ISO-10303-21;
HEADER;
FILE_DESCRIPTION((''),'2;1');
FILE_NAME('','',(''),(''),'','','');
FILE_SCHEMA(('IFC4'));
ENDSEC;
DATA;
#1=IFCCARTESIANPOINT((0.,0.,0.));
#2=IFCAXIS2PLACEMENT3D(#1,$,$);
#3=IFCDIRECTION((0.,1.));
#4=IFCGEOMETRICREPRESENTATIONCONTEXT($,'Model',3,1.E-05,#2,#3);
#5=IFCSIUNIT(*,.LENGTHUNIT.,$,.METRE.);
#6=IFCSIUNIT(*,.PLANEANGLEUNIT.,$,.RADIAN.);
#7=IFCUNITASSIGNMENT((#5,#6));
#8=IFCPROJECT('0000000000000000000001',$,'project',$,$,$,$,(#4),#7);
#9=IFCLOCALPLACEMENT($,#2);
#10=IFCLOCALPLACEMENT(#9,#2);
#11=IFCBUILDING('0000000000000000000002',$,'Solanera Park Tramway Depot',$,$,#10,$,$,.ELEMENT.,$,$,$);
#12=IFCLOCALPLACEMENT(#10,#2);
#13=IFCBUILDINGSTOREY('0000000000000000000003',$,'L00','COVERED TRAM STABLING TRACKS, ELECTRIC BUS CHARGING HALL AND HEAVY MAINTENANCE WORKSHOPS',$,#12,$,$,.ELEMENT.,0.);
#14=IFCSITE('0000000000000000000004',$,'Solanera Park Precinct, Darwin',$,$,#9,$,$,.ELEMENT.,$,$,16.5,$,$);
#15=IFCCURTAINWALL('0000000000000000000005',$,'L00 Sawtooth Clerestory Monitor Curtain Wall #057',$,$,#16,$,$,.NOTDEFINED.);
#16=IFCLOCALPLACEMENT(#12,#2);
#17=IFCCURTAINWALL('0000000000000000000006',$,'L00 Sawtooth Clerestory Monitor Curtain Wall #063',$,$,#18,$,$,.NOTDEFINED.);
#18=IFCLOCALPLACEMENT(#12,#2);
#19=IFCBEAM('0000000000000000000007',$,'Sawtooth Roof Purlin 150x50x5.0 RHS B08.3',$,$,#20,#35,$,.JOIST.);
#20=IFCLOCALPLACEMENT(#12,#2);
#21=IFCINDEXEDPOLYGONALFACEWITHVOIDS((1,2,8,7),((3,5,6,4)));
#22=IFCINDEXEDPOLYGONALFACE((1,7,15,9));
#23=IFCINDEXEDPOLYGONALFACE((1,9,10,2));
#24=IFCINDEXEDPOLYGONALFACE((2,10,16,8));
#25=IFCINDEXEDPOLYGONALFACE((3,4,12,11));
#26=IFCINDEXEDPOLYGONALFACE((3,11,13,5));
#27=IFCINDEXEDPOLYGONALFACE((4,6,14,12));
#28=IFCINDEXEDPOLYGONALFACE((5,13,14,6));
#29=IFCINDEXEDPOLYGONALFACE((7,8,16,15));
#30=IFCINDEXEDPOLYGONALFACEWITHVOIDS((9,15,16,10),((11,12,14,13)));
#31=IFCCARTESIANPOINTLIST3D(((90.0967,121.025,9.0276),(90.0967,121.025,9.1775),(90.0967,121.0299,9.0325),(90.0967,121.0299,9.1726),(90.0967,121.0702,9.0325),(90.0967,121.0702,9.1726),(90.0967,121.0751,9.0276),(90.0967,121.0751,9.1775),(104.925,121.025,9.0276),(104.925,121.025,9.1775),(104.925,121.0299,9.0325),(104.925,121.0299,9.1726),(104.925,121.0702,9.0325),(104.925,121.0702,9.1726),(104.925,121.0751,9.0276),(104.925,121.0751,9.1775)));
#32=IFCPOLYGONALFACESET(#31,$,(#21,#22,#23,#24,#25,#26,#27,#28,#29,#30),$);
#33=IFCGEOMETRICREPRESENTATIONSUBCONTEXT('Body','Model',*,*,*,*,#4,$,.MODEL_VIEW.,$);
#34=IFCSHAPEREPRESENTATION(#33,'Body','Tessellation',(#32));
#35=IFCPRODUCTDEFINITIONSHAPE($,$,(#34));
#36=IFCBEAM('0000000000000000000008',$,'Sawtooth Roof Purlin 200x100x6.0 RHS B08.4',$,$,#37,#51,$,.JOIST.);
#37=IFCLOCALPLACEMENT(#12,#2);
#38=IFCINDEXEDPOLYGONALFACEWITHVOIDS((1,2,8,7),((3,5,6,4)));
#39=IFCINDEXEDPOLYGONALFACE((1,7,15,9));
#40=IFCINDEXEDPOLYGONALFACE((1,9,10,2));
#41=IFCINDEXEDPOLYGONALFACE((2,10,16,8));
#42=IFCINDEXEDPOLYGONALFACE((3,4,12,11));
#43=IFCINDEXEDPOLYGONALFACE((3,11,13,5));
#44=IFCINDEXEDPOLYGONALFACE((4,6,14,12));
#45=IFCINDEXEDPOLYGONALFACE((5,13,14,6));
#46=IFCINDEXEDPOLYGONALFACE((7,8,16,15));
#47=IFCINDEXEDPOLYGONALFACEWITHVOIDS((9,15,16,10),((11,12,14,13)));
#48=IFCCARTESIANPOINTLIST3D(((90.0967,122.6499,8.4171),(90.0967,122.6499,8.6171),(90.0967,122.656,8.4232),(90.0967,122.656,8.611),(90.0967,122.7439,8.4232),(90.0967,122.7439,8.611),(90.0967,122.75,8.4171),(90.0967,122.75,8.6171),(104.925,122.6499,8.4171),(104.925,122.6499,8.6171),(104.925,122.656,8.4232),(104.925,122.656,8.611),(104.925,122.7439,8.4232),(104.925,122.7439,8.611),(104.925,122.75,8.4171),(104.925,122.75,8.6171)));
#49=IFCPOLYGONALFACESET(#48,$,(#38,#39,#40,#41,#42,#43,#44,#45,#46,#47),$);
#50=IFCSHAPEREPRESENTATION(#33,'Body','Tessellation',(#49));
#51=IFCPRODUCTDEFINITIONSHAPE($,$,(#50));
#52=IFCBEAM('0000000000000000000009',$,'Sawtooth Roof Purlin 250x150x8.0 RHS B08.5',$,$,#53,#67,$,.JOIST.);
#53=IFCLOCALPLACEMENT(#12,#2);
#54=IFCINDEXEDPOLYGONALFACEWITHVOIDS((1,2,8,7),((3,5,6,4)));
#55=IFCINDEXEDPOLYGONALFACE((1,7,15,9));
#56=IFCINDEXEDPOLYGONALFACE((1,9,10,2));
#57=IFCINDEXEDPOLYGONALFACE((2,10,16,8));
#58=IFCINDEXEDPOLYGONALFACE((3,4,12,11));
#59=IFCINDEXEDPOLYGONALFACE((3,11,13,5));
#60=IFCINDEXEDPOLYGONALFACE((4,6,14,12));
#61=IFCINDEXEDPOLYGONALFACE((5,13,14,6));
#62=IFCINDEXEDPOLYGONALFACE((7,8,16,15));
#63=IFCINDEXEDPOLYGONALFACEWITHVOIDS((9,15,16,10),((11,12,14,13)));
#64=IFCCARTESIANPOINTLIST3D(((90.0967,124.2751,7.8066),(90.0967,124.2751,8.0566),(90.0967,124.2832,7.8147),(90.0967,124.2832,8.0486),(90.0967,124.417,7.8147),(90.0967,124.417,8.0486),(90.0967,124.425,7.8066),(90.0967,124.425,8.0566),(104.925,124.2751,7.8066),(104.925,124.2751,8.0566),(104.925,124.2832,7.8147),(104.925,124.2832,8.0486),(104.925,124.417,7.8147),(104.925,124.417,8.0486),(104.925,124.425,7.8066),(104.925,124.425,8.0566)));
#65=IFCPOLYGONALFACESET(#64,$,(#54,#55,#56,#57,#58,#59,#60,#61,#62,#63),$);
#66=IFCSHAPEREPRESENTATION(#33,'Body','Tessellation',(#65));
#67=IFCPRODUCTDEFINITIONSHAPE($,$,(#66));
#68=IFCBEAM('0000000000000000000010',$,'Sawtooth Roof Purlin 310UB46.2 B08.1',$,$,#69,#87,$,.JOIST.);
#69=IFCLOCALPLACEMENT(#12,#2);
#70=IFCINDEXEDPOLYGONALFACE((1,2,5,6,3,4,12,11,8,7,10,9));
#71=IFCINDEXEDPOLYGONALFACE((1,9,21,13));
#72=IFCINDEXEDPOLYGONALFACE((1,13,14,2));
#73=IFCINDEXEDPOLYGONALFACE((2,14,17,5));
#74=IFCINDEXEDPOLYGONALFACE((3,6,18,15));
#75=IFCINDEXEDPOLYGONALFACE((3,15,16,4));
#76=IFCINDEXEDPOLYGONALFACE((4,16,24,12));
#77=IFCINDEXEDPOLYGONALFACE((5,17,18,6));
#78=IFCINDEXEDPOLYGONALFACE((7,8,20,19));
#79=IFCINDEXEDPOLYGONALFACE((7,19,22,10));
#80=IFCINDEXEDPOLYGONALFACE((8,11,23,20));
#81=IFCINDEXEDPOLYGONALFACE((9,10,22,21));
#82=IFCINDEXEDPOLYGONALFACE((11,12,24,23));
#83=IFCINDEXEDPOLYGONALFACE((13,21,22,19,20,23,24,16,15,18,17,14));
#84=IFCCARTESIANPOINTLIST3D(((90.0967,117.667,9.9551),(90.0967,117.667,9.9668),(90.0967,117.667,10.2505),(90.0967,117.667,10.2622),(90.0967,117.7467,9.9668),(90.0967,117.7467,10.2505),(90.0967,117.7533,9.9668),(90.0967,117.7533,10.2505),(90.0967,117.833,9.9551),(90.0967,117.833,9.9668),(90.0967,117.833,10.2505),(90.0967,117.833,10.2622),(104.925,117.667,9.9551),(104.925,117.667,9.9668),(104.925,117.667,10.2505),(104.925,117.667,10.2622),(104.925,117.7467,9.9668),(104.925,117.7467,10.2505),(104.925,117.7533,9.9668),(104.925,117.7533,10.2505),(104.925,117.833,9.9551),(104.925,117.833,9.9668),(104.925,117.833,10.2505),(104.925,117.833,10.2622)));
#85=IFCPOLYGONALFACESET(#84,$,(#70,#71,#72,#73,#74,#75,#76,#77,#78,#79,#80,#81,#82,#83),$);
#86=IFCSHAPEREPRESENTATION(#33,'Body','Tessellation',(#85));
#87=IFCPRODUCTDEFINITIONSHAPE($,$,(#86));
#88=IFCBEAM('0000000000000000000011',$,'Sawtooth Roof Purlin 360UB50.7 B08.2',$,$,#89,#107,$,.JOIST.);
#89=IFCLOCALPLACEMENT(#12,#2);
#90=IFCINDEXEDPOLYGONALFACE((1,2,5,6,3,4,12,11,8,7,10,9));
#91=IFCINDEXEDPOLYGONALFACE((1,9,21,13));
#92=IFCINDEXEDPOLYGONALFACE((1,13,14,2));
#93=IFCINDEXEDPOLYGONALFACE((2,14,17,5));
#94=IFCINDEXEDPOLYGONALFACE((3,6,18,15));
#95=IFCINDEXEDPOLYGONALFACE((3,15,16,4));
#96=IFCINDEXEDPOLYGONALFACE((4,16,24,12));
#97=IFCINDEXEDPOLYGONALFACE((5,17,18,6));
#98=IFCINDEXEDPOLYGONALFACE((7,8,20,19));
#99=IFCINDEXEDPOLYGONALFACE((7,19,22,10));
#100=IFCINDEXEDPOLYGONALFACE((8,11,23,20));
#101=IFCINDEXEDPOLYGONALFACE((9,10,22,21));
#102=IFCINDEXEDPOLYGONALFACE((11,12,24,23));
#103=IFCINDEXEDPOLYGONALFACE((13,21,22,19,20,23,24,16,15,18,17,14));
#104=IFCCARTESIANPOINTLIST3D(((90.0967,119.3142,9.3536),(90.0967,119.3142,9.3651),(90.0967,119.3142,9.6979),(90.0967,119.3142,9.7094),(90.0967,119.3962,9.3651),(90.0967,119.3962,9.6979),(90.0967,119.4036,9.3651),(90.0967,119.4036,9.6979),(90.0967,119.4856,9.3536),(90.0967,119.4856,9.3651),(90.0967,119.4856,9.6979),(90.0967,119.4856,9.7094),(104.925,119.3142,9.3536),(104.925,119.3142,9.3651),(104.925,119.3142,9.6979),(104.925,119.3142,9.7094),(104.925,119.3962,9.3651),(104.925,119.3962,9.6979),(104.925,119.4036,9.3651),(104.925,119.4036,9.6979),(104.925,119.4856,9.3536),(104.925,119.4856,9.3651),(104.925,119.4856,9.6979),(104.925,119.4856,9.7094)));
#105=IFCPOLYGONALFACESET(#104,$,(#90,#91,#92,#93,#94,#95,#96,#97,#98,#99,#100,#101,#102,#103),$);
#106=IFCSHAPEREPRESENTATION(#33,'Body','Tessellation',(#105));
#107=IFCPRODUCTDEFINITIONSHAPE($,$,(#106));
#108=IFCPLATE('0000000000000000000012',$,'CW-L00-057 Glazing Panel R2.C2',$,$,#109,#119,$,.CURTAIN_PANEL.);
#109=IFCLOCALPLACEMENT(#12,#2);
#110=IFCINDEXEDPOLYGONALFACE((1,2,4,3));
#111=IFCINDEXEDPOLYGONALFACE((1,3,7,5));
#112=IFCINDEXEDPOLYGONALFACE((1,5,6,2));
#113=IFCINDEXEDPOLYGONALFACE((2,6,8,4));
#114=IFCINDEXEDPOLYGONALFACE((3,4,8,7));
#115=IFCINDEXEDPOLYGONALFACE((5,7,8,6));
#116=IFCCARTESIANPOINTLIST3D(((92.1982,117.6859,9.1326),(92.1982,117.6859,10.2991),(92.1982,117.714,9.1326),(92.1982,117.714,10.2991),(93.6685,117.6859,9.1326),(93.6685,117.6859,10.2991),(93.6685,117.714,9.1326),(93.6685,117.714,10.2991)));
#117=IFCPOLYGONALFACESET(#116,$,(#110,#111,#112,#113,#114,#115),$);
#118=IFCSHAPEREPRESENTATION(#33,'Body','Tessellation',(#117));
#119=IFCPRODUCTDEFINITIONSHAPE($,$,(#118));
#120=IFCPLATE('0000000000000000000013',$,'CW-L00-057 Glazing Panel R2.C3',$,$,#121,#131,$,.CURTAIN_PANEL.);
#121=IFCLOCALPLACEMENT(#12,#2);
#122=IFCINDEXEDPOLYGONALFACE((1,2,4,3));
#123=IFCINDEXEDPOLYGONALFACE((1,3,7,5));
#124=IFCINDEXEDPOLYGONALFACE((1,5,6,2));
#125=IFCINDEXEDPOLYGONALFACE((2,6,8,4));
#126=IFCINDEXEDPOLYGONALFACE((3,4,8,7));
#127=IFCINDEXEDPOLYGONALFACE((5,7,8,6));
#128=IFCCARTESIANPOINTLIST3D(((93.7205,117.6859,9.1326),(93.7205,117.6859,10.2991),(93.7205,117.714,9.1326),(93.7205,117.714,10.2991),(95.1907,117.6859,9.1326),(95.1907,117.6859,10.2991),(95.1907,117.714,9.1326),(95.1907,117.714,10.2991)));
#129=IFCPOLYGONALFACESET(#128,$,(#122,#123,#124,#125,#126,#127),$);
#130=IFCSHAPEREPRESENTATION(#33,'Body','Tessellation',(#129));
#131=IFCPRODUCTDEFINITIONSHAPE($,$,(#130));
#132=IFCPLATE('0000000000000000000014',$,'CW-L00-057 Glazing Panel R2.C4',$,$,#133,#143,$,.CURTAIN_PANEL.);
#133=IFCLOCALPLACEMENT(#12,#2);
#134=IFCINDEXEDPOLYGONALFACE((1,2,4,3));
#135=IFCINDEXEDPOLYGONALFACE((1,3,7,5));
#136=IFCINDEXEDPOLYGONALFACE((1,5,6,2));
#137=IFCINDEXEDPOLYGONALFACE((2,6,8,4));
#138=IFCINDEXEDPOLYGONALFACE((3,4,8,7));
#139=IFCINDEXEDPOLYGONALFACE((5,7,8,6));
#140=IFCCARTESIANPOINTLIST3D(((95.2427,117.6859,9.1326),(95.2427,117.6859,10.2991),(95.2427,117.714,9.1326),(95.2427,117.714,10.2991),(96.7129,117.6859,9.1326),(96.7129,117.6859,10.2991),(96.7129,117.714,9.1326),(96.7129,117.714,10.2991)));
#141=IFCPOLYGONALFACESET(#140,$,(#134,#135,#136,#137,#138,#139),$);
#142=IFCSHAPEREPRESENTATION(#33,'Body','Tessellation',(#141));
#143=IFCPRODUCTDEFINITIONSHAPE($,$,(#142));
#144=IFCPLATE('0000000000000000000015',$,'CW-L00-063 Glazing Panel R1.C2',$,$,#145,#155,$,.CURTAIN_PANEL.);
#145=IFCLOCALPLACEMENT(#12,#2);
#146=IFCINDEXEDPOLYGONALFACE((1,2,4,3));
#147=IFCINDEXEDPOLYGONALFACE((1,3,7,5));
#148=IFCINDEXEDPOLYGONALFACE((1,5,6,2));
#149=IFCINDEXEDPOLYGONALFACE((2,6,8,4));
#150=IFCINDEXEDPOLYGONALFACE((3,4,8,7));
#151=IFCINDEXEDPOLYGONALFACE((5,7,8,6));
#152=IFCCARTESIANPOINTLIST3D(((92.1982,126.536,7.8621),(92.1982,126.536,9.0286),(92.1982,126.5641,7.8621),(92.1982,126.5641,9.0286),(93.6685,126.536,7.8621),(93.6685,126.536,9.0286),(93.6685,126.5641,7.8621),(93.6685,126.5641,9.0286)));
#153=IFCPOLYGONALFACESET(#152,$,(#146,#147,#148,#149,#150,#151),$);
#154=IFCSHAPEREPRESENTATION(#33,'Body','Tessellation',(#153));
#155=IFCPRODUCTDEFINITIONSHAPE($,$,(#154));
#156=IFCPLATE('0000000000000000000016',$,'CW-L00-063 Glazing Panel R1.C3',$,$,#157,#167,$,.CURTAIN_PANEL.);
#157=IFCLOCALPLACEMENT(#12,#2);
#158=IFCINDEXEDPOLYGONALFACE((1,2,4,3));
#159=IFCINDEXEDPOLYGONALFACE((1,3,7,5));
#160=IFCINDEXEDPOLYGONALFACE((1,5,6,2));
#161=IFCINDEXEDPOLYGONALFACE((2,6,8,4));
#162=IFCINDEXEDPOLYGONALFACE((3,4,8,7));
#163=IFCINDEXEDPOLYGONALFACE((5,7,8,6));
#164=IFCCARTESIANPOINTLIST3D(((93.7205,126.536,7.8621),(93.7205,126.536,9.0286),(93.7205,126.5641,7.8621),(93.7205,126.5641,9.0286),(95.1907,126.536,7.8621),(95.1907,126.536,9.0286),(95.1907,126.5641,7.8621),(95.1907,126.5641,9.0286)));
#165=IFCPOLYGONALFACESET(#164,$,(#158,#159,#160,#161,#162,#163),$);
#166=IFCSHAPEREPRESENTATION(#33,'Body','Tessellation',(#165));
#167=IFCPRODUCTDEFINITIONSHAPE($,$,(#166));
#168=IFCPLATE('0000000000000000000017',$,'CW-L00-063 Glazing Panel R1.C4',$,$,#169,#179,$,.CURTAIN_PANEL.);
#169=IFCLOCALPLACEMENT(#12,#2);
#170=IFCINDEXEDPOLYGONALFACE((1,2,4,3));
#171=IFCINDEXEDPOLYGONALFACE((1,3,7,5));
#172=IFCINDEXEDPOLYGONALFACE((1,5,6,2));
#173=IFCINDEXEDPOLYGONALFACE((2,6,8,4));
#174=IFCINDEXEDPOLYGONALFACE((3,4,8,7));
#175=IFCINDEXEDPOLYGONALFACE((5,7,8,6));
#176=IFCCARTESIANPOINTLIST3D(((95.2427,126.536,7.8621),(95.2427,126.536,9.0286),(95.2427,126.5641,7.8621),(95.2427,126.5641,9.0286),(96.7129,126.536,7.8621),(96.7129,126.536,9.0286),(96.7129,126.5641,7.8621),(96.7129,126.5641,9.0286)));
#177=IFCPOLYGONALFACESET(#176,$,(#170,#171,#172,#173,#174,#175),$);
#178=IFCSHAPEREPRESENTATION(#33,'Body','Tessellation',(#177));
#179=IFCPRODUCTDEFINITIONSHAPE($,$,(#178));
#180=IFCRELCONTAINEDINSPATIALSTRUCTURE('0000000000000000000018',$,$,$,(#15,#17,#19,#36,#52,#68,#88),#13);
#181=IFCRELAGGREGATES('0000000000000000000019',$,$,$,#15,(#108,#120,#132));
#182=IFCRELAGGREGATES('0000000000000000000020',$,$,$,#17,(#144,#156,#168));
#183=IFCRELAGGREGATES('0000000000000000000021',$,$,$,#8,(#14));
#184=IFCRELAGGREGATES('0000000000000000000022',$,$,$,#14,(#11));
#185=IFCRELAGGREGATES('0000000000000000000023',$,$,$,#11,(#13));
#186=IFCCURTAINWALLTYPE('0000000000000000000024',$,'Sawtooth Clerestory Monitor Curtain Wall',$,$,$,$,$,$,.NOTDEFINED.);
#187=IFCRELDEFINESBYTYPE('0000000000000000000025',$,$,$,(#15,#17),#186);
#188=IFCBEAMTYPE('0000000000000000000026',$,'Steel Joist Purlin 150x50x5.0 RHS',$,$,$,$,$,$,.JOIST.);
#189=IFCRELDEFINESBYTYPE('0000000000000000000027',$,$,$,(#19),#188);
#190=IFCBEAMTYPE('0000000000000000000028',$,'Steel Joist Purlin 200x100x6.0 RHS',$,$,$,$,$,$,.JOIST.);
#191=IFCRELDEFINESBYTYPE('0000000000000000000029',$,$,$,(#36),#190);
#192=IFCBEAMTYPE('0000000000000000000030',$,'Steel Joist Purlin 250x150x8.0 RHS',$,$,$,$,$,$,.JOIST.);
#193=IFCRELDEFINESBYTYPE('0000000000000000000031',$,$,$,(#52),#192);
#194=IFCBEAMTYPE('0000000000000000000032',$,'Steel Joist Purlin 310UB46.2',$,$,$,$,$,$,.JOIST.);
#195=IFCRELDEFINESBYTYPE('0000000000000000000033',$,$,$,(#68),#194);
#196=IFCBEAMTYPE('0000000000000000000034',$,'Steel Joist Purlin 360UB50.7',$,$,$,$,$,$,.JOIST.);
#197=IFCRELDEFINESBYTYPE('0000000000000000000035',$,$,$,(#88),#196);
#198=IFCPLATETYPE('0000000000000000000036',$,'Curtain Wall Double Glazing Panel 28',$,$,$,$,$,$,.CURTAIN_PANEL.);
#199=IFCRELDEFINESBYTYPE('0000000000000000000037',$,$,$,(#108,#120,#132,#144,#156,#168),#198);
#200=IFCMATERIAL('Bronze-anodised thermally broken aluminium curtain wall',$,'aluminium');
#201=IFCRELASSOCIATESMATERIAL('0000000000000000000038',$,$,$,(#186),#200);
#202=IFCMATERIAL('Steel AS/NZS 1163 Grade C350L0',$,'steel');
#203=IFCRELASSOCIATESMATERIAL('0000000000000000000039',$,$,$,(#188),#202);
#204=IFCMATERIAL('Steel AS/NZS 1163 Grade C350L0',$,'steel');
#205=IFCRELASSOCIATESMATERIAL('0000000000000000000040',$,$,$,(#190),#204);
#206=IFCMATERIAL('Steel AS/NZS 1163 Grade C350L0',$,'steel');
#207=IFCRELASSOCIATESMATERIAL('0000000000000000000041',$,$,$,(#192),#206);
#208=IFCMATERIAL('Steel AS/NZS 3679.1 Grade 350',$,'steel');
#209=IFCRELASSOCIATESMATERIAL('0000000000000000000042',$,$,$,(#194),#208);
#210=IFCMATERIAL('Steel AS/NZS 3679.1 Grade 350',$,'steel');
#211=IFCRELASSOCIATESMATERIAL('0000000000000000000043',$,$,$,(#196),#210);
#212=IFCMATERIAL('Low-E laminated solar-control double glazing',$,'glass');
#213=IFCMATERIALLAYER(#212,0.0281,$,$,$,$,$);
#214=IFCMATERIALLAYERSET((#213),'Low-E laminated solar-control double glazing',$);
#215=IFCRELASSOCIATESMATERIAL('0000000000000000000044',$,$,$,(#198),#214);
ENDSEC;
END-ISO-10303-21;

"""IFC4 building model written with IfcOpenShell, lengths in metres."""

from ifc_helpers import new_model, si_unit, direction, frame, origin, origin_2d, place, context, subcontext, project, spatial, rectangle, hollow_rectangle, i_section, extrude, material, layer, layer_set, material_profile, profile_set, type_object, element, aggregate, save


model = new_model("IFC4")

# Units and contexts
model_context = context("Model", 3, precision=1e-05, world=origin(), true_north=direction((0.0, 1.0)))
body_context = subcontext(model_context, "Body", "Model", "MODEL_VIEW")
ifc_project = project(units=[si_unit("LENGTHUNIT", "METRE"), si_unit("PLANEANGLEUNIT", "RADIAN")], contexts=[model_context])

# Site, building, storey
site_placement = place(None, origin())
site = spatial("IfcSite", under=ifc_project, at=site_placement, Name="Solanera Park Precinct, Darwin", CompositionType="ELEMENT", RefElevation=16.5)
building_placement = place(site_placement, origin())
building = spatial("IfcBuilding", under=site, at=building_placement, Name="Solanera Park Tramway Depot", CompositionType="ELEMENT")
storey_placement = place(building_placement, origin())
storey = spatial("IfcBuildingStorey", under=building, at=storey_placement, Name="L00", Description="COVERED TRAM STABLING TRACKS, ELECTRIC BUS CHARGING HALL AND HEAVY MAINTENANCE WORKSHOPS", CompositionType="ELEMENT", Elevation=0.0)

# Curtain walls
ifc_material_1 = material(Name="Bronze-anodised thermally broken aluminium curtain wall", Category="aluminium")
curtain_wall_type = type_object("IfcCurtainWallType", Name="Sawtooth Clerestory Monitor Curtain Wall", PredefinedType="NOTDEFINED", material=ifc_material_1)
curtain_wall_1_placement = place(storey_placement, origin())
curtain_wall_1 = element("IfcCurtainWall", 1, at=curtain_wall_1_placement, inside=storey, type_object=curtain_wall_type, Name="L00 Sawtooth Clerestory Monitor Curtain Wall #057", PredefinedType="NOTDEFINED")
curtain_wall_2_placement = place(storey_placement, origin())
curtain_wall_2 = element("IfcCurtainWall", 2, at=curtain_wall_2_placement, inside=storey, type_object=curtain_wall_type, Name="L00 Sawtooth Clerestory Monitor Curtain Wall #063", PredefinedType="NOTDEFINED")

# Beams
ifc_material_2 = material(Name="Steel AS/NZS 1163 Grade C350L0", Category="steel")
ifc_material_profile_1 = material_profile(ifc_material_2, hollow_rectangle(XDim=0.05, YDim=0.1499, WallThickness=0.0049, at=origin_2d()), Name="150x50x5.0 RHS")
ifc_profile_set_1 = profile_set([ifc_material_profile_1], Name="Steel AS/NZS 1163 Grade C350L0")
beam_type_1 = type_object("IfcBeamType", Name="Steel Joist Purlin 150x50x5.0 RHS", PredefinedType="JOIST", material=ifc_profile_set_1)
beam_1_placement = place(storey_placement, frame((90.0967, 121.05, 9.1025), z_axis=(1.0, 0.0, 0.0), x_axis=(0.0, 1.0, 0.0)))
element("IfcBeam", 3, at=beam_1_placement, inside=storey, type_object=beam_type_1, Name="Sawtooth Roof Purlin 150x50x5.0 RHS B08.3", PredefinedType="JOIST", context=body_context, shape_type="SweptSolid", body=[
    extrude(hollow_rectangle(XDim=0.05, YDim=0.1499, WallThickness=0.0049, at=origin_2d()), origin(), (0.0, 0.0, 1.0), 14.8284),
])
ifc_material_3 = material(Name="Steel AS/NZS 1163 Grade C350L0", Category="steel")
ifc_material_profile_2 = material_profile(ifc_material_3, hollow_rectangle(XDim=0.1001, YDim=0.2, WallThickness=0.0061, at=origin_2d()), Name="200x100x6.0 RHS")
ifc_profile_set_2 = profile_set([ifc_material_profile_2], Name="Steel AS/NZS 1163 Grade C350L0")
beam_type_2 = type_object("IfcBeamType", Name="Steel Joist Purlin 200x100x6.0 RHS", PredefinedType="JOIST", material=ifc_profile_set_2)
beam_2_placement = place(storey_placement, frame((90.0967, 122.7, 8.5171), z_axis=(1.0, 0.0, 0.0), x_axis=(0.0, 1.0, 0.0)))
element("IfcBeam", 4, at=beam_2_placement, inside=storey, type_object=beam_type_2, Name="Sawtooth Roof Purlin 200x100x6.0 RHS B08.4", PredefinedType="JOIST", context=body_context, shape_type="SweptSolid", body=[
    extrude(hollow_rectangle(XDim=0.1001, YDim=0.2, WallThickness=0.0061, at=origin_2d()), origin(), (0.0, 0.0, 1.0), 14.8284),
])
ifc_material_4 = material(Name="Steel AS/NZS 1163 Grade C350L0", Category="steel")
ifc_material_profile_3 = material_profile(ifc_material_4, hollow_rectangle(XDim=0.1499, YDim=0.25, WallThickness=0.0081, at=origin_2d()), Name="250x150x8.0 RHS")
ifc_profile_set_3 = profile_set([ifc_material_profile_3], Name="Steel AS/NZS 1163 Grade C350L0")
beam_type_3 = type_object("IfcBeamType", Name="Steel Joist Purlin 250x150x8.0 RHS", PredefinedType="JOIST", material=ifc_profile_set_3)
beam_3_placement = place(storey_placement, frame((90.0967, 124.3501, 7.9316), z_axis=(1.0, 0.0, 0.0), x_axis=(0.0, 1.0, 0.0)))
element("IfcBeam", 5, at=beam_3_placement, inside=storey, type_object=beam_type_3, Name="Sawtooth Roof Purlin 250x150x8.0 RHS B08.5", PredefinedType="JOIST", context=body_context, shape_type="SweptSolid", body=[
    extrude(hollow_rectangle(XDim=0.1499, YDim=0.25, WallThickness=0.0081, at=origin_2d()), origin(), (0.0, 0.0, 1.0), 14.8284),
])
ifc_material_5 = material(Name="Steel AS/NZS 3679.1 Grade 350", Category="steel")
ifc_material_profile_4 = material_profile(ifc_material_5, i_section(OverallWidth=0.166, OverallDepth=0.3071, WebThickness=0.0066, FlangeThickness=0.0117, at=origin_2d()), Name="310UB46.2")
ifc_profile_set_4 = profile_set([ifc_material_profile_4], Name="Steel AS/NZS 3679.1 Grade 350")
beam_type_4 = type_object("IfcBeamType", Name="Steel Joist Purlin 310UB46.2", PredefinedType="JOIST", material=ifc_profile_set_4)
beam_4_placement = place(storey_placement, frame((90.0967, 117.75, 10.1086), z_axis=(1.0, 0.0, 0.0), x_axis=(0.0, 1.0, 0.0)))
element("IfcBeam", 6, at=beam_4_placement, inside=storey, type_object=beam_type_4, Name="Sawtooth Roof Purlin 310UB46.2 B08.1", PredefinedType="JOIST", context=body_context, shape_type="SweptSolid", body=[
    extrude(i_section(OverallWidth=0.166, OverallDepth=0.3071, WebThickness=0.0066, FlangeThickness=0.0117, at=origin_2d()), origin(), (0.0, 0.0, 1.0), 14.8284),
])
ifc_material_6 = material(Name="Steel AS/NZS 3679.1 Grade 350", Category="steel")
ifc_material_profile_5 = material_profile(ifc_material_6, i_section(OverallWidth=0.1714, OverallDepth=0.3557, WebThickness=0.0073, FlangeThickness=0.0115, at=origin_2d()), Name="360UB50.7")
ifc_profile_set_5 = profile_set([ifc_material_profile_5], Name="Steel AS/NZS 3679.1 Grade 350")
beam_type_5 = type_object("IfcBeamType", Name="Steel Joist Purlin 360UB50.7", PredefinedType="JOIST", material=ifc_profile_set_5)
beam_5_placement = place(storey_placement, frame((90.0967, 119.3999, 9.5315), z_axis=(1.0, 0.0, 0.0), x_axis=(0.0, 1.0, 0.0)))
element("IfcBeam", 7, at=beam_5_placement, inside=storey, type_object=beam_type_5, Name="Sawtooth Roof Purlin 360UB50.7 B08.2", PredefinedType="JOIST", context=body_context, shape_type="SweptSolid", body=[
    extrude(i_section(OverallWidth=0.1714, OverallDepth=0.3557, WebThickness=0.0073, FlangeThickness=0.0115, at=origin_2d()), origin(), (0.0, 0.0, 1.0), 14.8284),
])

# Plates
ifc_material_7 = material(Name="Low-E laminated solar-control double glazing", Category="glass")
ifc_layer_1 = layer(ifc_material_7, 0.0281)
ifc_layer_set_1 = layer_set([ifc_layer_1], Name="Low-E laminated solar-control double glazing")
plate_type_1 = type_object("IfcPlateType", Name="Curtain Wall Double Glazing Panel 28", PredefinedType="CURTAIN_PANEL", material=ifc_layer_set_1)
plate_1_placement = place(storey_placement, frame((92.9333, 117.7, 9.1326), z_axis=(0.0, 0.0, 1.0), x_axis=(1.0, 0.0, 0.0)))
plate_1 = element("IfcPlate", 8, at=plate_1_placement, type_object=plate_type_1, Name="CW-L00-057 Glazing Panel R2.C2", PredefinedType="CURTAIN_PANEL", context=body_context, shape_type="SweptSolid", body=[
    extrude(rectangle(XDim=1.4702, YDim=0.0281, at=origin_2d()), origin(), (0.0, 0.0, 1.0), 1.1665),
])
plate_2_placement = place(storey_placement, frame((94.4556, 117.7, 9.1326), z_axis=(0.0, 0.0, 1.0), x_axis=(1.0, 0.0, 0.0)))
plate_2 = element("IfcPlate", 9, at=plate_2_placement, type_object=plate_type_1, Name="CW-L00-057 Glazing Panel R2.C3", PredefinedType="CURTAIN_PANEL", context=body_context, shape_type="SweptSolid", body=[
    extrude(rectangle(XDim=1.4702, YDim=0.0281, at=origin_2d()), origin(), (0.0, 0.0, 1.0), 1.1665),
])
plate_3_placement = place(storey_placement, frame((95.9778, 117.7, 9.1326), z_axis=(0.0, 0.0, 1.0), x_axis=(1.0, 0.0, 0.0)))
plate_3 = element("IfcPlate", 10, at=plate_3_placement, type_object=plate_type_1, Name="CW-L00-057 Glazing Panel R2.C4", PredefinedType="CURTAIN_PANEL", context=body_context, shape_type="SweptSolid", body=[
    extrude(rectangle(XDim=1.4702, YDim=0.0281, at=origin_2d()), origin(), (0.0, 0.0, 1.0), 1.1665),
])
aggregate(curtain_wall_1, [plate_1, plate_2, plate_3])
plate_4_placement = place(storey_placement, frame((92.9333, 126.55, 7.8621), z_axis=(0.0, 0.0, 1.0), x_axis=(1.0, 0.0, 0.0)))
plate_4 = element("IfcPlate", 11, at=plate_4_placement, type_object=plate_type_1, Name="CW-L00-063 Glazing Panel R1.C2", PredefinedType="CURTAIN_PANEL", context=body_context, shape_type="SweptSolid", body=[
    extrude(rectangle(XDim=1.4702, YDim=0.0281, at=origin_2d()), origin(), (0.0, 0.0, 1.0), 1.1665),
])
plate_5_placement = place(storey_placement, frame((94.4556, 126.55, 7.8621), z_axis=(0.0, 0.0, 1.0), x_axis=(1.0, 0.0, 0.0)))
plate_5 = element("IfcPlate", 12, at=plate_5_placement, type_object=plate_type_1, Name="CW-L00-063 Glazing Panel R1.C3", PredefinedType="CURTAIN_PANEL", context=body_context, shape_type="SweptSolid", body=[
    extrude(rectangle(XDim=1.4702, YDim=0.0281, at=origin_2d()), origin(), (0.0, 0.0, 1.0), 1.1665),
])
plate_6_placement = place(storey_placement, frame((95.9778, 126.55, 7.8621), z_axis=(0.0, 0.0, 1.0), x_axis=(1.0, 0.0, 0.0)))
plate_6 = element("IfcPlate", 13, at=plate_6_placement, type_object=plate_type_1, Name="CW-L00-063 Glazing Panel R1.C4", PredefinedType="CURTAIN_PANEL", context=body_context, shape_type="SweptSolid", body=[
    extrude(rectangle(XDim=1.4702, YDim=0.0281, at=origin_2d()), origin(), (0.0, 0.0, 1.0), 1.1665),
])
aggregate(curtain_wall_2, [plate_4, plate_5, plate_6])

save(model, "model.ifc")
